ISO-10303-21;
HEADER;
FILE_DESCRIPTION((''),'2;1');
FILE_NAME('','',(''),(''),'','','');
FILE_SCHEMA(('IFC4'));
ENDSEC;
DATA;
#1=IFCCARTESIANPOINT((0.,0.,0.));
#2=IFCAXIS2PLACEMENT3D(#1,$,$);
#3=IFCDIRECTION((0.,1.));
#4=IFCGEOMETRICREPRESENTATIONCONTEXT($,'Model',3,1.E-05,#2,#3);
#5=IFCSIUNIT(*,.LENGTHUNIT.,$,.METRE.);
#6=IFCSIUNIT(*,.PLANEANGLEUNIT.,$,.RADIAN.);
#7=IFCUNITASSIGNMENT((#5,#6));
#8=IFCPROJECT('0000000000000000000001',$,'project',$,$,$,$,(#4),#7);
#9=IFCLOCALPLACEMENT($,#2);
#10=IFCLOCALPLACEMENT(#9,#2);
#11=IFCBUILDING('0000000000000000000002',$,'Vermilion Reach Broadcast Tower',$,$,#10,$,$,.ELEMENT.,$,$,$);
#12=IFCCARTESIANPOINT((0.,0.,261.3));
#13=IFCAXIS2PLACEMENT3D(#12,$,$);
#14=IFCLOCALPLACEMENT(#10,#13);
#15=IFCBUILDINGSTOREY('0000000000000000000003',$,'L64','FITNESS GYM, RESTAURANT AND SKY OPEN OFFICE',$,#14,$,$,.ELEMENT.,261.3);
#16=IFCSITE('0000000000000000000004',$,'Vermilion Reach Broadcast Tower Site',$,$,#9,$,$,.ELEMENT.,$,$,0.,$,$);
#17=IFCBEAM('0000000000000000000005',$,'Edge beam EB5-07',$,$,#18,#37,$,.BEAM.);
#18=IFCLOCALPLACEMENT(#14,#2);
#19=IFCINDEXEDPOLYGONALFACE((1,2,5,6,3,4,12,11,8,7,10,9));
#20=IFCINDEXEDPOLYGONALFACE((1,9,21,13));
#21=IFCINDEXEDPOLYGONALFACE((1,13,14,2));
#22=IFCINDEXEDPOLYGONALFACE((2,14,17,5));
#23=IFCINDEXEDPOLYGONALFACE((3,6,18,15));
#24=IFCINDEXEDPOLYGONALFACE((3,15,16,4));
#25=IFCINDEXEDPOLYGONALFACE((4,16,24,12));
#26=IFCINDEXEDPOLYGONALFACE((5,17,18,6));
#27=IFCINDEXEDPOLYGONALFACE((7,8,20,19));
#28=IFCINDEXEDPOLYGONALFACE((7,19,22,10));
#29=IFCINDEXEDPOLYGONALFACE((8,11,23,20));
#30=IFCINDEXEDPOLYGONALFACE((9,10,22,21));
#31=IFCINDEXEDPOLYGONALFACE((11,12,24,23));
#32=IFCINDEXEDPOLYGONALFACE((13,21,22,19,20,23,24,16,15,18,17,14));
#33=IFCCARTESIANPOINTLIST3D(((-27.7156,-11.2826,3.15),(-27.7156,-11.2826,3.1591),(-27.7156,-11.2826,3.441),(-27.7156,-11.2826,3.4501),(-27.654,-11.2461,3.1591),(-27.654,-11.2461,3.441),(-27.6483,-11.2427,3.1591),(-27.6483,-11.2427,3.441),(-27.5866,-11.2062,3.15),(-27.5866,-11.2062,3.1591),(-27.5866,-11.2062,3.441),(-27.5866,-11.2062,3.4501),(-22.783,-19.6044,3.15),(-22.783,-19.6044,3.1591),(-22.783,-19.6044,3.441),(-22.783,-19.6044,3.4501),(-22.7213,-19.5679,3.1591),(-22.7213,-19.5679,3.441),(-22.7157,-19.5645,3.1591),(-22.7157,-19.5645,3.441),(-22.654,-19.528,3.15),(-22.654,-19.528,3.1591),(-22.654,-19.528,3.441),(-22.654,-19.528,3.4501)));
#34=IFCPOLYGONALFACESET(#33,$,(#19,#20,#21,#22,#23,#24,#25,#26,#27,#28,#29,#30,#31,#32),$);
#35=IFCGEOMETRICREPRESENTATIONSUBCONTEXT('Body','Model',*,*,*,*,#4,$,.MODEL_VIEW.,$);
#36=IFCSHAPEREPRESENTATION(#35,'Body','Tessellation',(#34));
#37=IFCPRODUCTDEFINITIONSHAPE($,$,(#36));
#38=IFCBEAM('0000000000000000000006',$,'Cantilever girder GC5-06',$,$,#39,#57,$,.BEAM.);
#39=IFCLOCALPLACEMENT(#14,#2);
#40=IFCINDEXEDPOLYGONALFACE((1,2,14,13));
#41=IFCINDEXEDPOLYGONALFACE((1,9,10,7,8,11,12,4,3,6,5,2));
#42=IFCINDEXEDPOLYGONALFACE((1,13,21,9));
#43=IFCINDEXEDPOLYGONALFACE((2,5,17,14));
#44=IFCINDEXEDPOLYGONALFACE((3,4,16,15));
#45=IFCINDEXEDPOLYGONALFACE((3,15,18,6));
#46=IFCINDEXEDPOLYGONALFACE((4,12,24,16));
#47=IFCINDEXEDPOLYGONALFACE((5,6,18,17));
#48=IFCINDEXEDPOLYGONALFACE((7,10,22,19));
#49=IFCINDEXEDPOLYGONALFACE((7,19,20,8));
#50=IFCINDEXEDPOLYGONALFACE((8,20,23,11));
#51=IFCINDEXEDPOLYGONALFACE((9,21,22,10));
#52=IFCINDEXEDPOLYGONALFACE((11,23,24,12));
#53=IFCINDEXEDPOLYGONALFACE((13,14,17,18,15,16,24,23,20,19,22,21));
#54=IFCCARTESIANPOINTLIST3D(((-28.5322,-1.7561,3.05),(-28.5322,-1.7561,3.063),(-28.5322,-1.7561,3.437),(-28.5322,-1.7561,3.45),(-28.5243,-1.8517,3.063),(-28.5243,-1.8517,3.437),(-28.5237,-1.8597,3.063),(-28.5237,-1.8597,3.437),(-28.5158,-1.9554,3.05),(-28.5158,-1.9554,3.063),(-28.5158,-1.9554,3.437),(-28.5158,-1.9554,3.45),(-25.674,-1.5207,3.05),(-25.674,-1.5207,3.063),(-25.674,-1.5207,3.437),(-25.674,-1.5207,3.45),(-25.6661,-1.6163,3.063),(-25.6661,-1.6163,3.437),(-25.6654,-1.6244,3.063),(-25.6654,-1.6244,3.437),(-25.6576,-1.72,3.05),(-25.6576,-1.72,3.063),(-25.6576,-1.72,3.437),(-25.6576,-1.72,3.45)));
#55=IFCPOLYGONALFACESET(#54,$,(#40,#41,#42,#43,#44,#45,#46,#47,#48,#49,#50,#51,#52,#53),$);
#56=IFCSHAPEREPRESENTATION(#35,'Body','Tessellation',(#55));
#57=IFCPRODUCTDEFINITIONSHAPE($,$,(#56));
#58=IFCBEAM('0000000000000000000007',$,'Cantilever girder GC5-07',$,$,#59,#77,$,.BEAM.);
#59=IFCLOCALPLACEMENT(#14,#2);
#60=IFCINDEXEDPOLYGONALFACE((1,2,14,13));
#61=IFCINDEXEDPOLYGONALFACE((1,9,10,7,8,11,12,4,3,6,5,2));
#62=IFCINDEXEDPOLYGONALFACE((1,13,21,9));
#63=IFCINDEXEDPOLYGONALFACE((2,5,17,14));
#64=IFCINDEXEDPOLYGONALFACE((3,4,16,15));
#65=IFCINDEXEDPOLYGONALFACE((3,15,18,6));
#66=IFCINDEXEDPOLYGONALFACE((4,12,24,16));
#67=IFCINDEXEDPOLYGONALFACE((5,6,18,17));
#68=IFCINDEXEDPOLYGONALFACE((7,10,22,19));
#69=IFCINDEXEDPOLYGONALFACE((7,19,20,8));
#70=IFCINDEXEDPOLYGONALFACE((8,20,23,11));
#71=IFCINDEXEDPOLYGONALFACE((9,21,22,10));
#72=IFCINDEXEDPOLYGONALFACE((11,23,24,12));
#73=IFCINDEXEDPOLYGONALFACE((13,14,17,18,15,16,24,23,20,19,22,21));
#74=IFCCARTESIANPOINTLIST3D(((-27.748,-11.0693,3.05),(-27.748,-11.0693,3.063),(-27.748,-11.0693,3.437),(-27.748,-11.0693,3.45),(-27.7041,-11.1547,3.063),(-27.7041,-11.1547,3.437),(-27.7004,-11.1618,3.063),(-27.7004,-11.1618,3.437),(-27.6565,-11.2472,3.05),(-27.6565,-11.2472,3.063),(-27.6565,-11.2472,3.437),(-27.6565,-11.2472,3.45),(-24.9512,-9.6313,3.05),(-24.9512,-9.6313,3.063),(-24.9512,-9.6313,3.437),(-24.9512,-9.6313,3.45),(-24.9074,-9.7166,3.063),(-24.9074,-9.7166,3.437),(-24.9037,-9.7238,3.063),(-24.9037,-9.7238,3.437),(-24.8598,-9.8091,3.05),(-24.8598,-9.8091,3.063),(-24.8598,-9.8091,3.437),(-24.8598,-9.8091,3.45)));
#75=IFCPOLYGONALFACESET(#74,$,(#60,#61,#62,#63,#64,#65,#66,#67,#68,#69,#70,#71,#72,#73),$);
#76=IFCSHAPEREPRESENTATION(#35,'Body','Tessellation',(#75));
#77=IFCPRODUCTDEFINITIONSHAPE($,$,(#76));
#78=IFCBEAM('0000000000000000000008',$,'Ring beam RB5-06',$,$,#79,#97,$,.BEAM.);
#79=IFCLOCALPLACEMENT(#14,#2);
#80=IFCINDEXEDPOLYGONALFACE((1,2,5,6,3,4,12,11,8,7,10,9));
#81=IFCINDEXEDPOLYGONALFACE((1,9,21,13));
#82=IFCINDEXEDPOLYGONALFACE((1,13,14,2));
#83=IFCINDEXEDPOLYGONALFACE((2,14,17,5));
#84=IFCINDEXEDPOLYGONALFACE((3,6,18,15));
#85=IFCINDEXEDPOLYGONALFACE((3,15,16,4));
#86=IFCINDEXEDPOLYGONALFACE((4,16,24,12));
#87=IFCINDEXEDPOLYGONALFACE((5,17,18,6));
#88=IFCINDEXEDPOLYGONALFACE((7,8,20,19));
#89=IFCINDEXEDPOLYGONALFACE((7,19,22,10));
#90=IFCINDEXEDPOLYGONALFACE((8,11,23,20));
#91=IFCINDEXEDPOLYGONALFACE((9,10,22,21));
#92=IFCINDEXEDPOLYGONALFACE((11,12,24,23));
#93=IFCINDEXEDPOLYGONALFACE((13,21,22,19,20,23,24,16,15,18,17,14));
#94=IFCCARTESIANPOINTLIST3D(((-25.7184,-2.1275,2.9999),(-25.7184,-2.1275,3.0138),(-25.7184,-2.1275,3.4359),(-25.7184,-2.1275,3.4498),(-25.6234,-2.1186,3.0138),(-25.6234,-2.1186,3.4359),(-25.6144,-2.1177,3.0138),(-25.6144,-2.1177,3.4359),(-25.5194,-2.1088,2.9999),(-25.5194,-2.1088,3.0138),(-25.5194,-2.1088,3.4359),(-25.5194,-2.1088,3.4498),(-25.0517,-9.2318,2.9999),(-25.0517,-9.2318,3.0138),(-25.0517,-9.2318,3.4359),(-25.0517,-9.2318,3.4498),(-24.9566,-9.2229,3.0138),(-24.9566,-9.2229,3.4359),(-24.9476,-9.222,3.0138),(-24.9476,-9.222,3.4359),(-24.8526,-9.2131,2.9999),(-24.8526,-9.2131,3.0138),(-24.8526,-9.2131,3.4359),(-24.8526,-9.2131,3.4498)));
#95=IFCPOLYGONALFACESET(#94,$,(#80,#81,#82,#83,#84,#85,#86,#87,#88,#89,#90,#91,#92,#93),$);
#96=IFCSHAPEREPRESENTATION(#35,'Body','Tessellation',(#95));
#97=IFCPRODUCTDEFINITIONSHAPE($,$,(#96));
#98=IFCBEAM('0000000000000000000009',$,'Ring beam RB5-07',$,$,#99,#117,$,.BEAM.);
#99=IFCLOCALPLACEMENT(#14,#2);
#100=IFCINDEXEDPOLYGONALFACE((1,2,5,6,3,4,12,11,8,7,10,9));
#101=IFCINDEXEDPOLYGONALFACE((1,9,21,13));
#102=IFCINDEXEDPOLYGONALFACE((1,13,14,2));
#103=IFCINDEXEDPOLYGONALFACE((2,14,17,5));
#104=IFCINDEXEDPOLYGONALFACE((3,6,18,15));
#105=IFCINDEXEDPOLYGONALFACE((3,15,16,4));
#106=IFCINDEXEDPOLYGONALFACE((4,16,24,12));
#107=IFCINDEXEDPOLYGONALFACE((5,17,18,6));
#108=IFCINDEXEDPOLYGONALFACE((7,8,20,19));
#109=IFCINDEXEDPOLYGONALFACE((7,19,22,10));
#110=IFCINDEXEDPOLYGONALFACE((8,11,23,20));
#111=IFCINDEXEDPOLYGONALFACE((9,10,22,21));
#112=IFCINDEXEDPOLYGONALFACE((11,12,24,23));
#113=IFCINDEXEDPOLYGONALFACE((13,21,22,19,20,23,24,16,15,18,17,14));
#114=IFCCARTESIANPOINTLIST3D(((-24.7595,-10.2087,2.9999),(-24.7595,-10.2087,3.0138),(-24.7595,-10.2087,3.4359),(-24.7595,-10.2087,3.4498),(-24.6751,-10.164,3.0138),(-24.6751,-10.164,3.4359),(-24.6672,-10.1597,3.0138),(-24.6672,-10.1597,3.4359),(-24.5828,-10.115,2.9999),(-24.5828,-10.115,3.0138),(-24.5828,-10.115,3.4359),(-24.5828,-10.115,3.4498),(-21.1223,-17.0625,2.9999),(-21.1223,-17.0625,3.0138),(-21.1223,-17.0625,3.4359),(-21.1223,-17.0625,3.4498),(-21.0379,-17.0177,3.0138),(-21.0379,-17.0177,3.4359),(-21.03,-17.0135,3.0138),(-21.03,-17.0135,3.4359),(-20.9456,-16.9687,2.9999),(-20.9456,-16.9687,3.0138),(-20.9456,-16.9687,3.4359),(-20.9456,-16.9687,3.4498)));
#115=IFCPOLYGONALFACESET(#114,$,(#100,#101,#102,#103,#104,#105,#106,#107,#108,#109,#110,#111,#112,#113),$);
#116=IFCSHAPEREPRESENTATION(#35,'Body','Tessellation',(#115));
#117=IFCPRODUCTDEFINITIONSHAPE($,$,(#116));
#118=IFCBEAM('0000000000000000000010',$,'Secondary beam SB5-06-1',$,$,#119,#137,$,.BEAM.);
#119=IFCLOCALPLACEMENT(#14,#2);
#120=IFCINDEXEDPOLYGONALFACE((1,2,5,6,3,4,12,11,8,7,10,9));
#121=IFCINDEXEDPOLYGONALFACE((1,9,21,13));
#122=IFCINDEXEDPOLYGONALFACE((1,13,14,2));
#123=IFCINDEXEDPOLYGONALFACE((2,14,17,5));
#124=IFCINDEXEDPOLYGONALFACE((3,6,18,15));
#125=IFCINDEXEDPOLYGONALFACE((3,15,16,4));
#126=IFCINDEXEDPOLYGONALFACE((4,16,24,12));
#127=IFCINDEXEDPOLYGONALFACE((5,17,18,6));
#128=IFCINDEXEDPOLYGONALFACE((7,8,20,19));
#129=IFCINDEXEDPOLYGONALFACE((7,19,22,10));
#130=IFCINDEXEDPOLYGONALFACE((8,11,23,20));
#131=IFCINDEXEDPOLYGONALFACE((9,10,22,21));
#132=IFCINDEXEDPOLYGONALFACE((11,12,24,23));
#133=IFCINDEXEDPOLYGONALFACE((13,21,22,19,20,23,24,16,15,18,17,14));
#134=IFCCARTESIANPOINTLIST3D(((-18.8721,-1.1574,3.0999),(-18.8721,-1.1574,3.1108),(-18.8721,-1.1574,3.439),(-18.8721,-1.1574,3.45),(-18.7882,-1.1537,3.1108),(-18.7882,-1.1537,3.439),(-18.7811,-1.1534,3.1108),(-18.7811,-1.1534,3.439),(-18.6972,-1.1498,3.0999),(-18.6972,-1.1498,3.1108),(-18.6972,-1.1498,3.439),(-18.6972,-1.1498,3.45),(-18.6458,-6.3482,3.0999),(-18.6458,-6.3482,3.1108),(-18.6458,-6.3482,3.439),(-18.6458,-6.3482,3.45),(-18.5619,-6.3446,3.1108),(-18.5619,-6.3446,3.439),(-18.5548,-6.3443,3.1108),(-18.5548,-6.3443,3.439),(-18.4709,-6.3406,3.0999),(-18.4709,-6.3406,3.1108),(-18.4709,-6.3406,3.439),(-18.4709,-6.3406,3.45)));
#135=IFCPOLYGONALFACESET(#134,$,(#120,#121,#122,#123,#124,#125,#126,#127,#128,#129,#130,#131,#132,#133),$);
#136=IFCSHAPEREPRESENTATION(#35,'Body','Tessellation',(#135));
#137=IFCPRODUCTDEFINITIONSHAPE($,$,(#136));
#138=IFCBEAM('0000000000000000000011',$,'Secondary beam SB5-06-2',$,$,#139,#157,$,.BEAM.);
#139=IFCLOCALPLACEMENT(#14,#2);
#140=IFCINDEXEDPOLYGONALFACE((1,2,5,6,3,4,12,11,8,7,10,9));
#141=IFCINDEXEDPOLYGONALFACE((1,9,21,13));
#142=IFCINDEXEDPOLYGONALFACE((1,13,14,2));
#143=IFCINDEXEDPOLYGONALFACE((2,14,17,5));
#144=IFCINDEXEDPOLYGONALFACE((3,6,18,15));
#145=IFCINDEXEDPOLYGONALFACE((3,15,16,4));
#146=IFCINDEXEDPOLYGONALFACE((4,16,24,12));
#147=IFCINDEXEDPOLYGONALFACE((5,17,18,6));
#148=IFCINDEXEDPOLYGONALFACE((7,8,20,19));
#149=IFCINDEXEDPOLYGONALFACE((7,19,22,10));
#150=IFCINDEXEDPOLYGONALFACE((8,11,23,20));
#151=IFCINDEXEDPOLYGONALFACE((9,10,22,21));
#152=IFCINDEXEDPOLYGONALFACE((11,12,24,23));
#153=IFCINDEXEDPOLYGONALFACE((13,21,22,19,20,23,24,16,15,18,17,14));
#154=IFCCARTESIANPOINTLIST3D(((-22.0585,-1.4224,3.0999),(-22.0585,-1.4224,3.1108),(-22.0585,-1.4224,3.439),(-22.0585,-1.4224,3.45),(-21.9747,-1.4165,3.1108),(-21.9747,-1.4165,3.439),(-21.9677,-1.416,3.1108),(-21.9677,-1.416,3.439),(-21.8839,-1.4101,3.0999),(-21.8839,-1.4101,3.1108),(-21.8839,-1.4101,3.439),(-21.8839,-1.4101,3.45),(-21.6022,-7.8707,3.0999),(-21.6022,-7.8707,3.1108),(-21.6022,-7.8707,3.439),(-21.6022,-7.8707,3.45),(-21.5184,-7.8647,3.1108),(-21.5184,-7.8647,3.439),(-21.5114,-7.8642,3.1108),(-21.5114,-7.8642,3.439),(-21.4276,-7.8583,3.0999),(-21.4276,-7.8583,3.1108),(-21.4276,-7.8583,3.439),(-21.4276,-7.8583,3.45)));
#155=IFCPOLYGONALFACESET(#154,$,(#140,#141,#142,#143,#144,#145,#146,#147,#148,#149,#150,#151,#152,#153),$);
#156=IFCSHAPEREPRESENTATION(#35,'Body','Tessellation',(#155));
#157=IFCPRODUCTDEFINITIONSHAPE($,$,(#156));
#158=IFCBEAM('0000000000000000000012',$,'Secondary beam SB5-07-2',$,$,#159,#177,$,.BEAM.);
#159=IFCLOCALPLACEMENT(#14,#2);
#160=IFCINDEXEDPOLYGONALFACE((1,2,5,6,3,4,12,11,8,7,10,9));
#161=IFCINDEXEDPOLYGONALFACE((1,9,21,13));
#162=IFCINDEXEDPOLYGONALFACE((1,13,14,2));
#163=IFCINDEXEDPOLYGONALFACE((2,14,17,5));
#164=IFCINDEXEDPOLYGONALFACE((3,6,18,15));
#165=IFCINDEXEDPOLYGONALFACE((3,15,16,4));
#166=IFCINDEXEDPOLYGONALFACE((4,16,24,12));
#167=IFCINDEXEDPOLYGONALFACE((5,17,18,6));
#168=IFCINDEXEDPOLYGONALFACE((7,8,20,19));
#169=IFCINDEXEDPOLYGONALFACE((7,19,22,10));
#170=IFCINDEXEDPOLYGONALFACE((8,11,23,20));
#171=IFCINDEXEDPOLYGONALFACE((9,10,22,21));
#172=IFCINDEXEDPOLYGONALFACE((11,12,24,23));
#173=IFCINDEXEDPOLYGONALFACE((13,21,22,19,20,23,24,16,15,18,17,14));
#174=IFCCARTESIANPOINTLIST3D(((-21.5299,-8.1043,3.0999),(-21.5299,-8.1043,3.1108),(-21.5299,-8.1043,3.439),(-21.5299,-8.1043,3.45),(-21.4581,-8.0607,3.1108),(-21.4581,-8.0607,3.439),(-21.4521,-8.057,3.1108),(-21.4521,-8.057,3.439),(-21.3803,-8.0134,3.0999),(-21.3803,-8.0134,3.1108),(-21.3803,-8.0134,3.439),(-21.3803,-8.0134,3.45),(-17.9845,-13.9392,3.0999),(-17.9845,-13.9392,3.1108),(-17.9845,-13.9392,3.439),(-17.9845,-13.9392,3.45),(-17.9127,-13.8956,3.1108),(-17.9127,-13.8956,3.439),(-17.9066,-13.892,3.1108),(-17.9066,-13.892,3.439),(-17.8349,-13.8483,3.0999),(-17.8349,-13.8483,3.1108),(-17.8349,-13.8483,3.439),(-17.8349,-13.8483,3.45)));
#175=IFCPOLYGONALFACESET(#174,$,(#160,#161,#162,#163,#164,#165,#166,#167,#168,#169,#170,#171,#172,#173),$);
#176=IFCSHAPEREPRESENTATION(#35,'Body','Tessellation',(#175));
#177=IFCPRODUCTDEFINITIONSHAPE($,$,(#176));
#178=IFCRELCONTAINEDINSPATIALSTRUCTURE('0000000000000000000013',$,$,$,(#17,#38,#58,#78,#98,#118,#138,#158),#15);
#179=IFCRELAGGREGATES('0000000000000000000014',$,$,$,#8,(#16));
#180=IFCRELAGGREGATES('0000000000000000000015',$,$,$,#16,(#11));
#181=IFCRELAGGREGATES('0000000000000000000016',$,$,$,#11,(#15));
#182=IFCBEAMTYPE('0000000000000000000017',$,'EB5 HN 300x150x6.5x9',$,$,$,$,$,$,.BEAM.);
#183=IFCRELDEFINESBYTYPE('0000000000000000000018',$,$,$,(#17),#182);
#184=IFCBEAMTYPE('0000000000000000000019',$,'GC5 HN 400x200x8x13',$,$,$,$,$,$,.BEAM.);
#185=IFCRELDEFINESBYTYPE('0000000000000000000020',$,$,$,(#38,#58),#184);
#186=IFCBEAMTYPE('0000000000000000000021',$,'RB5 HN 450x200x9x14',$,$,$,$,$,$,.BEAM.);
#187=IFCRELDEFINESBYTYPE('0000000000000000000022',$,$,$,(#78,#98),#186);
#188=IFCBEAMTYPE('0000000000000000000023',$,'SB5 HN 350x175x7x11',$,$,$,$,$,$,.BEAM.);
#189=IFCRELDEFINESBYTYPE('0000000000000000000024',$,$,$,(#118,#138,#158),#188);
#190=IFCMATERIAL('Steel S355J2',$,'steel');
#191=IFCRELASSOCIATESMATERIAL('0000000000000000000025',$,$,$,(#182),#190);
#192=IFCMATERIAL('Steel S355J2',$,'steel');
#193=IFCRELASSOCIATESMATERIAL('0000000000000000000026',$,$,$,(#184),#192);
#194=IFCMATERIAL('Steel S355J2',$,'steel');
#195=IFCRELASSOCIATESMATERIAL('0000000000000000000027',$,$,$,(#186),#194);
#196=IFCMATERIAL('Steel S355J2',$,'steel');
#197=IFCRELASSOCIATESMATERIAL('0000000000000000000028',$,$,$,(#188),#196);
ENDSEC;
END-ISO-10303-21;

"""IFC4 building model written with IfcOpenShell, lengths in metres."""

from ifc_helpers import new_model, si_unit, direction, frame, origin, origin_2d, place, context, subcontext, project, spatial, i_section, extrude, material, material_profile, profile_set, type_object, element, save


model = new_model("IFC4")

# Units and contexts
model_context = context("Model", 3, precision=1e-05, world=origin(), true_north=direction((0.0, 1.0)))
body_context = subcontext(model_context, "Body", "Model", "MODEL_VIEW")
ifc_project = project(units=[si_unit("LENGTHUNIT", "METRE"), si_unit("PLANEANGLEUNIT", "RADIAN")], contexts=[model_context])

# Site, building, storey
site_placement = place(None, origin())
site = spatial("IfcSite", under=ifc_project, at=site_placement, Name="Vermilion Reach Broadcast Tower Site", CompositionType="ELEMENT", RefElevation=0.0)
building_placement = place(site_placement, origin())
building = spatial("IfcBuilding", under=site, at=building_placement, Name="Vermilion Reach Broadcast Tower", CompositionType="ELEMENT")
storey_placement = place(building_placement, frame((0.0, 0.0, 261.3)))
storey = spatial("IfcBuildingStorey", under=building, at=storey_placement, Name="L64", Description="FITNESS GYM, RESTAURANT AND SKY OPEN OFFICE", CompositionType="ELEMENT", Elevation=261.3)

# Beams
ifc_material_1 = material(Name="Steel S355J2", Category="steel")
ifc_material_profile_1 = material_profile(ifc_material_1, i_section(OverallWidth=0.1499, OverallDepth=0.3, WebThickness=0.0066, FlangeThickness=0.009, at=origin_2d()), Name="S355J2 HN 300x150x6.5x9")
ifc_profile_set_1 = profile_set([ifc_material_profile_1], Name="Steel S355J2")
beam_type_1 = type_object("IfcBeamType", Name="EB5 HN 300x150x6.5x9", PredefinedType="BEAM", material=ifc_profile_set_1)
beam_1_placement = place(storey_placement, frame((-27.6511, -11.2444, 3.3), z_axis=(0.509894, -0.860237, 0.0), x_axis=(0.860237, 0.509894, 0.0)))
element("IfcBeam", 1, at=beam_1_placement, inside=storey, type_object=beam_type_1, Name="Edge beam EB5-07", PredefinedType="BEAM", context=body_context, shape_type="SweptSolid", body=[
    extrude(i_section(OverallWidth=0.1499, OverallDepth=0.3, WebThickness=0.0066, FlangeThickness=0.009, at=origin_2d()), origin(), (0.0, 0.0, 1.0), 9.6738),
])
ifc_material_2 = material(Name="Steel S355J2", Category="steel")
ifc_material_profile_2 = material_profile(ifc_material_2, i_section(OverallWidth=0.2, OverallDepth=0.3999, WebThickness=0.0081, FlangeThickness=0.0129, at=origin_2d()), Name="S355J2 HN 400x200x8x13")
ifc_profile_set_2 = profile_set([ifc_material_profile_2], Name="Steel S355J2")
beam_type_2 = type_object("IfcBeamType", Name="GC5 HN 400x200x8x13", PredefinedType="BEAM", material=ifc_profile_set_2)
beam_2_placement = place(storey_placement, frame((-25.6658, -1.6204, 3.25), z_axis=(-0.996627, -0.082066, 0.0), x_axis=(0.082066, -0.996627, 0.0)))
element("IfcBeam", 2, at=beam_2_placement, inside=storey, type_object=beam_type_2, Name="Cantilever girder GC5-06", PredefinedType="BEAM", context=body_context, shape_type="SweptSolid", body=[
    extrude(i_section(OverallWidth=0.2, OverallDepth=0.3999, WebThickness=0.0081, FlangeThickness=0.0129, at=origin_2d()), origin(), (0.0, 0.0, 1.0), 2.8679),
])
beam_3_placement = place(storey_placement, frame((-24.9055, -9.7202, 3.25), z_axis=(-0.889324, -0.457278, 0.0), x_axis=(0.457278, -0.889324, 0.0)))
element("IfcBeam", 3, at=beam_3_placement, inside=storey, type_object=beam_type_2, Name="Cantilever girder GC5-07", PredefinedType="BEAM", context=body_context, shape_type="SweptSolid", body=[
    extrude(i_section(OverallWidth=0.2, OverallDepth=0.3999, WebThickness=0.0081, FlangeThickness=0.0129, at=origin_2d()), origin(), (0.0, 0.0, 1.0), 3.1448),
])
ifc_material_3 = material(Name="Steel S355J2", Category="steel")
ifc_material_profile_3 = material_profile(ifc_material_3, i_section(OverallWidth=0.2, OverallDepth=0.45, WebThickness=0.009, FlangeThickness=0.0139, at=origin_2d()), Name="S355J2 HN 450x200x9x14")
ifc_profile_set_3 = profile_set([ifc_material_profile_3], Name="Steel S355J2")
beam_type_3 = type_object("IfcBeamType", Name="RB5 HN 450x200x9x14", PredefinedType="BEAM", material=ifc_profile_set_3)
beam_4_placement = place(storey_placement, frame((-25.6189, -2.1182, 3.2249), z_axis=(0.093441, -0.995625, 0.0), x_axis=(0.995625, 0.093441, 0.0)))
element("IfcBeam", 4, at=beam_4_placement, inside=storey, type_object=beam_type_3, Name="Ring beam RB5-06", PredefinedType="BEAM", context=body_context, shape_type="SweptSolid", body=[
    extrude(i_section(OverallWidth=0.2, OverallDepth=0.45, WebThickness=0.009, FlangeThickness=0.0139, at=origin_2d()), origin(), (0.0, 0.0, 1.0), 7.1355),
])
beam_5_placement = place(storey_placement, frame((-24.6711, -10.1619, 3.2249), z_axis=(0.468768, -0.883321, 0.0), x_axis=(0.883321, 0.468768, 0.0)))
element("IfcBeam", 5, at=beam_5_placement, inside=storey, type_object=beam_type_3, Name="Ring beam RB5-07", PredefinedType="BEAM", context=body_context, shape_type="SweptSolid", body=[
    extrude(i_section(OverallWidth=0.2, OverallDepth=0.45, WebThickness=0.009, FlangeThickness=0.0139, at=origin_2d()), origin(), (0.0, 0.0, 1.0), 7.759),
])
ifc_material_4 = material(Name="Steel S355J2", Category="steel")
ifc_material_profile_4 = material_profile(ifc_material_4, i_section(OverallWidth=0.175, OverallDepth=0.3501, WebThickness=0.0071, FlangeThickness=0.011, at=origin_2d()), Name="S355J2 HN 350x175x7x11")
ifc_profile_set_4 = profile_set([ifc_material_profile_4], Name="Steel S355J2")
beam_type_4 = type_object("IfcBeamType", Name="SB5 HN 350x175x7x11", PredefinedType="BEAM", material=ifc_profile_set_4)
beam_6_placement = place(storey_placement, frame((-18.7847, -1.1536, 3.2749), z_axis=(0.043558, -0.999051, 0.0), x_axis=(0.999051, 0.043558, 0.0)))
element("IfcBeam", 6, at=beam_6_placement, inside=storey, type_object=beam_type_4, Name="Secondary beam SB5-06-1", PredefinedType="BEAM", context=body_context, shape_type="SweptSolid", body=[
    extrude(i_section(OverallWidth=0.175, OverallDepth=0.3501, WebThickness=0.0071, FlangeThickness=0.011, at=origin_2d()), origin(), (0.0, 0.0, 1.0), 5.1958),
])
beam_7_placement = place(storey_placement, frame((-21.9712, -1.4163, 3.2749), z_axis=(0.070587, -0.997506, 0.0), x_axis=(0.997506, 0.070587, 0.0)))
element("IfcBeam", 7, at=beam_7_placement, inside=storey, type_object=beam_type_4, Name="Secondary beam SB5-06-2", PredefinedType="BEAM", context=body_context, shape_type="SweptSolid", body=[
    extrude(i_section(OverallWidth=0.175, OverallDepth=0.3501, WebThickness=0.0071, FlangeThickness=0.011, at=origin_2d()), origin(), (0.0, 0.0, 1.0), 6.4644),
])
beam_8_placement = place(storey_placement, frame((-21.4551, -8.0588, 3.2749), z_axis=(0.519273, -0.854608, 0.0), x_axis=(0.854608, 0.519273, 0.0)))
element("IfcBeam", 8, at=beam_8_placement, inside=storey, type_object=beam_type_4, Name="Secondary beam SB5-07-2", PredefinedType="BEAM", context=body_context, shape_type="SweptSolid", body=[
    extrude(i_section(OverallWidth=0.175, OverallDepth=0.3501, WebThickness=0.0071, FlangeThickness=0.011, at=origin_2d()), origin(), (0.0, 0.0, 1.0), 6.8276),
])

save(model, "model.ifc")
